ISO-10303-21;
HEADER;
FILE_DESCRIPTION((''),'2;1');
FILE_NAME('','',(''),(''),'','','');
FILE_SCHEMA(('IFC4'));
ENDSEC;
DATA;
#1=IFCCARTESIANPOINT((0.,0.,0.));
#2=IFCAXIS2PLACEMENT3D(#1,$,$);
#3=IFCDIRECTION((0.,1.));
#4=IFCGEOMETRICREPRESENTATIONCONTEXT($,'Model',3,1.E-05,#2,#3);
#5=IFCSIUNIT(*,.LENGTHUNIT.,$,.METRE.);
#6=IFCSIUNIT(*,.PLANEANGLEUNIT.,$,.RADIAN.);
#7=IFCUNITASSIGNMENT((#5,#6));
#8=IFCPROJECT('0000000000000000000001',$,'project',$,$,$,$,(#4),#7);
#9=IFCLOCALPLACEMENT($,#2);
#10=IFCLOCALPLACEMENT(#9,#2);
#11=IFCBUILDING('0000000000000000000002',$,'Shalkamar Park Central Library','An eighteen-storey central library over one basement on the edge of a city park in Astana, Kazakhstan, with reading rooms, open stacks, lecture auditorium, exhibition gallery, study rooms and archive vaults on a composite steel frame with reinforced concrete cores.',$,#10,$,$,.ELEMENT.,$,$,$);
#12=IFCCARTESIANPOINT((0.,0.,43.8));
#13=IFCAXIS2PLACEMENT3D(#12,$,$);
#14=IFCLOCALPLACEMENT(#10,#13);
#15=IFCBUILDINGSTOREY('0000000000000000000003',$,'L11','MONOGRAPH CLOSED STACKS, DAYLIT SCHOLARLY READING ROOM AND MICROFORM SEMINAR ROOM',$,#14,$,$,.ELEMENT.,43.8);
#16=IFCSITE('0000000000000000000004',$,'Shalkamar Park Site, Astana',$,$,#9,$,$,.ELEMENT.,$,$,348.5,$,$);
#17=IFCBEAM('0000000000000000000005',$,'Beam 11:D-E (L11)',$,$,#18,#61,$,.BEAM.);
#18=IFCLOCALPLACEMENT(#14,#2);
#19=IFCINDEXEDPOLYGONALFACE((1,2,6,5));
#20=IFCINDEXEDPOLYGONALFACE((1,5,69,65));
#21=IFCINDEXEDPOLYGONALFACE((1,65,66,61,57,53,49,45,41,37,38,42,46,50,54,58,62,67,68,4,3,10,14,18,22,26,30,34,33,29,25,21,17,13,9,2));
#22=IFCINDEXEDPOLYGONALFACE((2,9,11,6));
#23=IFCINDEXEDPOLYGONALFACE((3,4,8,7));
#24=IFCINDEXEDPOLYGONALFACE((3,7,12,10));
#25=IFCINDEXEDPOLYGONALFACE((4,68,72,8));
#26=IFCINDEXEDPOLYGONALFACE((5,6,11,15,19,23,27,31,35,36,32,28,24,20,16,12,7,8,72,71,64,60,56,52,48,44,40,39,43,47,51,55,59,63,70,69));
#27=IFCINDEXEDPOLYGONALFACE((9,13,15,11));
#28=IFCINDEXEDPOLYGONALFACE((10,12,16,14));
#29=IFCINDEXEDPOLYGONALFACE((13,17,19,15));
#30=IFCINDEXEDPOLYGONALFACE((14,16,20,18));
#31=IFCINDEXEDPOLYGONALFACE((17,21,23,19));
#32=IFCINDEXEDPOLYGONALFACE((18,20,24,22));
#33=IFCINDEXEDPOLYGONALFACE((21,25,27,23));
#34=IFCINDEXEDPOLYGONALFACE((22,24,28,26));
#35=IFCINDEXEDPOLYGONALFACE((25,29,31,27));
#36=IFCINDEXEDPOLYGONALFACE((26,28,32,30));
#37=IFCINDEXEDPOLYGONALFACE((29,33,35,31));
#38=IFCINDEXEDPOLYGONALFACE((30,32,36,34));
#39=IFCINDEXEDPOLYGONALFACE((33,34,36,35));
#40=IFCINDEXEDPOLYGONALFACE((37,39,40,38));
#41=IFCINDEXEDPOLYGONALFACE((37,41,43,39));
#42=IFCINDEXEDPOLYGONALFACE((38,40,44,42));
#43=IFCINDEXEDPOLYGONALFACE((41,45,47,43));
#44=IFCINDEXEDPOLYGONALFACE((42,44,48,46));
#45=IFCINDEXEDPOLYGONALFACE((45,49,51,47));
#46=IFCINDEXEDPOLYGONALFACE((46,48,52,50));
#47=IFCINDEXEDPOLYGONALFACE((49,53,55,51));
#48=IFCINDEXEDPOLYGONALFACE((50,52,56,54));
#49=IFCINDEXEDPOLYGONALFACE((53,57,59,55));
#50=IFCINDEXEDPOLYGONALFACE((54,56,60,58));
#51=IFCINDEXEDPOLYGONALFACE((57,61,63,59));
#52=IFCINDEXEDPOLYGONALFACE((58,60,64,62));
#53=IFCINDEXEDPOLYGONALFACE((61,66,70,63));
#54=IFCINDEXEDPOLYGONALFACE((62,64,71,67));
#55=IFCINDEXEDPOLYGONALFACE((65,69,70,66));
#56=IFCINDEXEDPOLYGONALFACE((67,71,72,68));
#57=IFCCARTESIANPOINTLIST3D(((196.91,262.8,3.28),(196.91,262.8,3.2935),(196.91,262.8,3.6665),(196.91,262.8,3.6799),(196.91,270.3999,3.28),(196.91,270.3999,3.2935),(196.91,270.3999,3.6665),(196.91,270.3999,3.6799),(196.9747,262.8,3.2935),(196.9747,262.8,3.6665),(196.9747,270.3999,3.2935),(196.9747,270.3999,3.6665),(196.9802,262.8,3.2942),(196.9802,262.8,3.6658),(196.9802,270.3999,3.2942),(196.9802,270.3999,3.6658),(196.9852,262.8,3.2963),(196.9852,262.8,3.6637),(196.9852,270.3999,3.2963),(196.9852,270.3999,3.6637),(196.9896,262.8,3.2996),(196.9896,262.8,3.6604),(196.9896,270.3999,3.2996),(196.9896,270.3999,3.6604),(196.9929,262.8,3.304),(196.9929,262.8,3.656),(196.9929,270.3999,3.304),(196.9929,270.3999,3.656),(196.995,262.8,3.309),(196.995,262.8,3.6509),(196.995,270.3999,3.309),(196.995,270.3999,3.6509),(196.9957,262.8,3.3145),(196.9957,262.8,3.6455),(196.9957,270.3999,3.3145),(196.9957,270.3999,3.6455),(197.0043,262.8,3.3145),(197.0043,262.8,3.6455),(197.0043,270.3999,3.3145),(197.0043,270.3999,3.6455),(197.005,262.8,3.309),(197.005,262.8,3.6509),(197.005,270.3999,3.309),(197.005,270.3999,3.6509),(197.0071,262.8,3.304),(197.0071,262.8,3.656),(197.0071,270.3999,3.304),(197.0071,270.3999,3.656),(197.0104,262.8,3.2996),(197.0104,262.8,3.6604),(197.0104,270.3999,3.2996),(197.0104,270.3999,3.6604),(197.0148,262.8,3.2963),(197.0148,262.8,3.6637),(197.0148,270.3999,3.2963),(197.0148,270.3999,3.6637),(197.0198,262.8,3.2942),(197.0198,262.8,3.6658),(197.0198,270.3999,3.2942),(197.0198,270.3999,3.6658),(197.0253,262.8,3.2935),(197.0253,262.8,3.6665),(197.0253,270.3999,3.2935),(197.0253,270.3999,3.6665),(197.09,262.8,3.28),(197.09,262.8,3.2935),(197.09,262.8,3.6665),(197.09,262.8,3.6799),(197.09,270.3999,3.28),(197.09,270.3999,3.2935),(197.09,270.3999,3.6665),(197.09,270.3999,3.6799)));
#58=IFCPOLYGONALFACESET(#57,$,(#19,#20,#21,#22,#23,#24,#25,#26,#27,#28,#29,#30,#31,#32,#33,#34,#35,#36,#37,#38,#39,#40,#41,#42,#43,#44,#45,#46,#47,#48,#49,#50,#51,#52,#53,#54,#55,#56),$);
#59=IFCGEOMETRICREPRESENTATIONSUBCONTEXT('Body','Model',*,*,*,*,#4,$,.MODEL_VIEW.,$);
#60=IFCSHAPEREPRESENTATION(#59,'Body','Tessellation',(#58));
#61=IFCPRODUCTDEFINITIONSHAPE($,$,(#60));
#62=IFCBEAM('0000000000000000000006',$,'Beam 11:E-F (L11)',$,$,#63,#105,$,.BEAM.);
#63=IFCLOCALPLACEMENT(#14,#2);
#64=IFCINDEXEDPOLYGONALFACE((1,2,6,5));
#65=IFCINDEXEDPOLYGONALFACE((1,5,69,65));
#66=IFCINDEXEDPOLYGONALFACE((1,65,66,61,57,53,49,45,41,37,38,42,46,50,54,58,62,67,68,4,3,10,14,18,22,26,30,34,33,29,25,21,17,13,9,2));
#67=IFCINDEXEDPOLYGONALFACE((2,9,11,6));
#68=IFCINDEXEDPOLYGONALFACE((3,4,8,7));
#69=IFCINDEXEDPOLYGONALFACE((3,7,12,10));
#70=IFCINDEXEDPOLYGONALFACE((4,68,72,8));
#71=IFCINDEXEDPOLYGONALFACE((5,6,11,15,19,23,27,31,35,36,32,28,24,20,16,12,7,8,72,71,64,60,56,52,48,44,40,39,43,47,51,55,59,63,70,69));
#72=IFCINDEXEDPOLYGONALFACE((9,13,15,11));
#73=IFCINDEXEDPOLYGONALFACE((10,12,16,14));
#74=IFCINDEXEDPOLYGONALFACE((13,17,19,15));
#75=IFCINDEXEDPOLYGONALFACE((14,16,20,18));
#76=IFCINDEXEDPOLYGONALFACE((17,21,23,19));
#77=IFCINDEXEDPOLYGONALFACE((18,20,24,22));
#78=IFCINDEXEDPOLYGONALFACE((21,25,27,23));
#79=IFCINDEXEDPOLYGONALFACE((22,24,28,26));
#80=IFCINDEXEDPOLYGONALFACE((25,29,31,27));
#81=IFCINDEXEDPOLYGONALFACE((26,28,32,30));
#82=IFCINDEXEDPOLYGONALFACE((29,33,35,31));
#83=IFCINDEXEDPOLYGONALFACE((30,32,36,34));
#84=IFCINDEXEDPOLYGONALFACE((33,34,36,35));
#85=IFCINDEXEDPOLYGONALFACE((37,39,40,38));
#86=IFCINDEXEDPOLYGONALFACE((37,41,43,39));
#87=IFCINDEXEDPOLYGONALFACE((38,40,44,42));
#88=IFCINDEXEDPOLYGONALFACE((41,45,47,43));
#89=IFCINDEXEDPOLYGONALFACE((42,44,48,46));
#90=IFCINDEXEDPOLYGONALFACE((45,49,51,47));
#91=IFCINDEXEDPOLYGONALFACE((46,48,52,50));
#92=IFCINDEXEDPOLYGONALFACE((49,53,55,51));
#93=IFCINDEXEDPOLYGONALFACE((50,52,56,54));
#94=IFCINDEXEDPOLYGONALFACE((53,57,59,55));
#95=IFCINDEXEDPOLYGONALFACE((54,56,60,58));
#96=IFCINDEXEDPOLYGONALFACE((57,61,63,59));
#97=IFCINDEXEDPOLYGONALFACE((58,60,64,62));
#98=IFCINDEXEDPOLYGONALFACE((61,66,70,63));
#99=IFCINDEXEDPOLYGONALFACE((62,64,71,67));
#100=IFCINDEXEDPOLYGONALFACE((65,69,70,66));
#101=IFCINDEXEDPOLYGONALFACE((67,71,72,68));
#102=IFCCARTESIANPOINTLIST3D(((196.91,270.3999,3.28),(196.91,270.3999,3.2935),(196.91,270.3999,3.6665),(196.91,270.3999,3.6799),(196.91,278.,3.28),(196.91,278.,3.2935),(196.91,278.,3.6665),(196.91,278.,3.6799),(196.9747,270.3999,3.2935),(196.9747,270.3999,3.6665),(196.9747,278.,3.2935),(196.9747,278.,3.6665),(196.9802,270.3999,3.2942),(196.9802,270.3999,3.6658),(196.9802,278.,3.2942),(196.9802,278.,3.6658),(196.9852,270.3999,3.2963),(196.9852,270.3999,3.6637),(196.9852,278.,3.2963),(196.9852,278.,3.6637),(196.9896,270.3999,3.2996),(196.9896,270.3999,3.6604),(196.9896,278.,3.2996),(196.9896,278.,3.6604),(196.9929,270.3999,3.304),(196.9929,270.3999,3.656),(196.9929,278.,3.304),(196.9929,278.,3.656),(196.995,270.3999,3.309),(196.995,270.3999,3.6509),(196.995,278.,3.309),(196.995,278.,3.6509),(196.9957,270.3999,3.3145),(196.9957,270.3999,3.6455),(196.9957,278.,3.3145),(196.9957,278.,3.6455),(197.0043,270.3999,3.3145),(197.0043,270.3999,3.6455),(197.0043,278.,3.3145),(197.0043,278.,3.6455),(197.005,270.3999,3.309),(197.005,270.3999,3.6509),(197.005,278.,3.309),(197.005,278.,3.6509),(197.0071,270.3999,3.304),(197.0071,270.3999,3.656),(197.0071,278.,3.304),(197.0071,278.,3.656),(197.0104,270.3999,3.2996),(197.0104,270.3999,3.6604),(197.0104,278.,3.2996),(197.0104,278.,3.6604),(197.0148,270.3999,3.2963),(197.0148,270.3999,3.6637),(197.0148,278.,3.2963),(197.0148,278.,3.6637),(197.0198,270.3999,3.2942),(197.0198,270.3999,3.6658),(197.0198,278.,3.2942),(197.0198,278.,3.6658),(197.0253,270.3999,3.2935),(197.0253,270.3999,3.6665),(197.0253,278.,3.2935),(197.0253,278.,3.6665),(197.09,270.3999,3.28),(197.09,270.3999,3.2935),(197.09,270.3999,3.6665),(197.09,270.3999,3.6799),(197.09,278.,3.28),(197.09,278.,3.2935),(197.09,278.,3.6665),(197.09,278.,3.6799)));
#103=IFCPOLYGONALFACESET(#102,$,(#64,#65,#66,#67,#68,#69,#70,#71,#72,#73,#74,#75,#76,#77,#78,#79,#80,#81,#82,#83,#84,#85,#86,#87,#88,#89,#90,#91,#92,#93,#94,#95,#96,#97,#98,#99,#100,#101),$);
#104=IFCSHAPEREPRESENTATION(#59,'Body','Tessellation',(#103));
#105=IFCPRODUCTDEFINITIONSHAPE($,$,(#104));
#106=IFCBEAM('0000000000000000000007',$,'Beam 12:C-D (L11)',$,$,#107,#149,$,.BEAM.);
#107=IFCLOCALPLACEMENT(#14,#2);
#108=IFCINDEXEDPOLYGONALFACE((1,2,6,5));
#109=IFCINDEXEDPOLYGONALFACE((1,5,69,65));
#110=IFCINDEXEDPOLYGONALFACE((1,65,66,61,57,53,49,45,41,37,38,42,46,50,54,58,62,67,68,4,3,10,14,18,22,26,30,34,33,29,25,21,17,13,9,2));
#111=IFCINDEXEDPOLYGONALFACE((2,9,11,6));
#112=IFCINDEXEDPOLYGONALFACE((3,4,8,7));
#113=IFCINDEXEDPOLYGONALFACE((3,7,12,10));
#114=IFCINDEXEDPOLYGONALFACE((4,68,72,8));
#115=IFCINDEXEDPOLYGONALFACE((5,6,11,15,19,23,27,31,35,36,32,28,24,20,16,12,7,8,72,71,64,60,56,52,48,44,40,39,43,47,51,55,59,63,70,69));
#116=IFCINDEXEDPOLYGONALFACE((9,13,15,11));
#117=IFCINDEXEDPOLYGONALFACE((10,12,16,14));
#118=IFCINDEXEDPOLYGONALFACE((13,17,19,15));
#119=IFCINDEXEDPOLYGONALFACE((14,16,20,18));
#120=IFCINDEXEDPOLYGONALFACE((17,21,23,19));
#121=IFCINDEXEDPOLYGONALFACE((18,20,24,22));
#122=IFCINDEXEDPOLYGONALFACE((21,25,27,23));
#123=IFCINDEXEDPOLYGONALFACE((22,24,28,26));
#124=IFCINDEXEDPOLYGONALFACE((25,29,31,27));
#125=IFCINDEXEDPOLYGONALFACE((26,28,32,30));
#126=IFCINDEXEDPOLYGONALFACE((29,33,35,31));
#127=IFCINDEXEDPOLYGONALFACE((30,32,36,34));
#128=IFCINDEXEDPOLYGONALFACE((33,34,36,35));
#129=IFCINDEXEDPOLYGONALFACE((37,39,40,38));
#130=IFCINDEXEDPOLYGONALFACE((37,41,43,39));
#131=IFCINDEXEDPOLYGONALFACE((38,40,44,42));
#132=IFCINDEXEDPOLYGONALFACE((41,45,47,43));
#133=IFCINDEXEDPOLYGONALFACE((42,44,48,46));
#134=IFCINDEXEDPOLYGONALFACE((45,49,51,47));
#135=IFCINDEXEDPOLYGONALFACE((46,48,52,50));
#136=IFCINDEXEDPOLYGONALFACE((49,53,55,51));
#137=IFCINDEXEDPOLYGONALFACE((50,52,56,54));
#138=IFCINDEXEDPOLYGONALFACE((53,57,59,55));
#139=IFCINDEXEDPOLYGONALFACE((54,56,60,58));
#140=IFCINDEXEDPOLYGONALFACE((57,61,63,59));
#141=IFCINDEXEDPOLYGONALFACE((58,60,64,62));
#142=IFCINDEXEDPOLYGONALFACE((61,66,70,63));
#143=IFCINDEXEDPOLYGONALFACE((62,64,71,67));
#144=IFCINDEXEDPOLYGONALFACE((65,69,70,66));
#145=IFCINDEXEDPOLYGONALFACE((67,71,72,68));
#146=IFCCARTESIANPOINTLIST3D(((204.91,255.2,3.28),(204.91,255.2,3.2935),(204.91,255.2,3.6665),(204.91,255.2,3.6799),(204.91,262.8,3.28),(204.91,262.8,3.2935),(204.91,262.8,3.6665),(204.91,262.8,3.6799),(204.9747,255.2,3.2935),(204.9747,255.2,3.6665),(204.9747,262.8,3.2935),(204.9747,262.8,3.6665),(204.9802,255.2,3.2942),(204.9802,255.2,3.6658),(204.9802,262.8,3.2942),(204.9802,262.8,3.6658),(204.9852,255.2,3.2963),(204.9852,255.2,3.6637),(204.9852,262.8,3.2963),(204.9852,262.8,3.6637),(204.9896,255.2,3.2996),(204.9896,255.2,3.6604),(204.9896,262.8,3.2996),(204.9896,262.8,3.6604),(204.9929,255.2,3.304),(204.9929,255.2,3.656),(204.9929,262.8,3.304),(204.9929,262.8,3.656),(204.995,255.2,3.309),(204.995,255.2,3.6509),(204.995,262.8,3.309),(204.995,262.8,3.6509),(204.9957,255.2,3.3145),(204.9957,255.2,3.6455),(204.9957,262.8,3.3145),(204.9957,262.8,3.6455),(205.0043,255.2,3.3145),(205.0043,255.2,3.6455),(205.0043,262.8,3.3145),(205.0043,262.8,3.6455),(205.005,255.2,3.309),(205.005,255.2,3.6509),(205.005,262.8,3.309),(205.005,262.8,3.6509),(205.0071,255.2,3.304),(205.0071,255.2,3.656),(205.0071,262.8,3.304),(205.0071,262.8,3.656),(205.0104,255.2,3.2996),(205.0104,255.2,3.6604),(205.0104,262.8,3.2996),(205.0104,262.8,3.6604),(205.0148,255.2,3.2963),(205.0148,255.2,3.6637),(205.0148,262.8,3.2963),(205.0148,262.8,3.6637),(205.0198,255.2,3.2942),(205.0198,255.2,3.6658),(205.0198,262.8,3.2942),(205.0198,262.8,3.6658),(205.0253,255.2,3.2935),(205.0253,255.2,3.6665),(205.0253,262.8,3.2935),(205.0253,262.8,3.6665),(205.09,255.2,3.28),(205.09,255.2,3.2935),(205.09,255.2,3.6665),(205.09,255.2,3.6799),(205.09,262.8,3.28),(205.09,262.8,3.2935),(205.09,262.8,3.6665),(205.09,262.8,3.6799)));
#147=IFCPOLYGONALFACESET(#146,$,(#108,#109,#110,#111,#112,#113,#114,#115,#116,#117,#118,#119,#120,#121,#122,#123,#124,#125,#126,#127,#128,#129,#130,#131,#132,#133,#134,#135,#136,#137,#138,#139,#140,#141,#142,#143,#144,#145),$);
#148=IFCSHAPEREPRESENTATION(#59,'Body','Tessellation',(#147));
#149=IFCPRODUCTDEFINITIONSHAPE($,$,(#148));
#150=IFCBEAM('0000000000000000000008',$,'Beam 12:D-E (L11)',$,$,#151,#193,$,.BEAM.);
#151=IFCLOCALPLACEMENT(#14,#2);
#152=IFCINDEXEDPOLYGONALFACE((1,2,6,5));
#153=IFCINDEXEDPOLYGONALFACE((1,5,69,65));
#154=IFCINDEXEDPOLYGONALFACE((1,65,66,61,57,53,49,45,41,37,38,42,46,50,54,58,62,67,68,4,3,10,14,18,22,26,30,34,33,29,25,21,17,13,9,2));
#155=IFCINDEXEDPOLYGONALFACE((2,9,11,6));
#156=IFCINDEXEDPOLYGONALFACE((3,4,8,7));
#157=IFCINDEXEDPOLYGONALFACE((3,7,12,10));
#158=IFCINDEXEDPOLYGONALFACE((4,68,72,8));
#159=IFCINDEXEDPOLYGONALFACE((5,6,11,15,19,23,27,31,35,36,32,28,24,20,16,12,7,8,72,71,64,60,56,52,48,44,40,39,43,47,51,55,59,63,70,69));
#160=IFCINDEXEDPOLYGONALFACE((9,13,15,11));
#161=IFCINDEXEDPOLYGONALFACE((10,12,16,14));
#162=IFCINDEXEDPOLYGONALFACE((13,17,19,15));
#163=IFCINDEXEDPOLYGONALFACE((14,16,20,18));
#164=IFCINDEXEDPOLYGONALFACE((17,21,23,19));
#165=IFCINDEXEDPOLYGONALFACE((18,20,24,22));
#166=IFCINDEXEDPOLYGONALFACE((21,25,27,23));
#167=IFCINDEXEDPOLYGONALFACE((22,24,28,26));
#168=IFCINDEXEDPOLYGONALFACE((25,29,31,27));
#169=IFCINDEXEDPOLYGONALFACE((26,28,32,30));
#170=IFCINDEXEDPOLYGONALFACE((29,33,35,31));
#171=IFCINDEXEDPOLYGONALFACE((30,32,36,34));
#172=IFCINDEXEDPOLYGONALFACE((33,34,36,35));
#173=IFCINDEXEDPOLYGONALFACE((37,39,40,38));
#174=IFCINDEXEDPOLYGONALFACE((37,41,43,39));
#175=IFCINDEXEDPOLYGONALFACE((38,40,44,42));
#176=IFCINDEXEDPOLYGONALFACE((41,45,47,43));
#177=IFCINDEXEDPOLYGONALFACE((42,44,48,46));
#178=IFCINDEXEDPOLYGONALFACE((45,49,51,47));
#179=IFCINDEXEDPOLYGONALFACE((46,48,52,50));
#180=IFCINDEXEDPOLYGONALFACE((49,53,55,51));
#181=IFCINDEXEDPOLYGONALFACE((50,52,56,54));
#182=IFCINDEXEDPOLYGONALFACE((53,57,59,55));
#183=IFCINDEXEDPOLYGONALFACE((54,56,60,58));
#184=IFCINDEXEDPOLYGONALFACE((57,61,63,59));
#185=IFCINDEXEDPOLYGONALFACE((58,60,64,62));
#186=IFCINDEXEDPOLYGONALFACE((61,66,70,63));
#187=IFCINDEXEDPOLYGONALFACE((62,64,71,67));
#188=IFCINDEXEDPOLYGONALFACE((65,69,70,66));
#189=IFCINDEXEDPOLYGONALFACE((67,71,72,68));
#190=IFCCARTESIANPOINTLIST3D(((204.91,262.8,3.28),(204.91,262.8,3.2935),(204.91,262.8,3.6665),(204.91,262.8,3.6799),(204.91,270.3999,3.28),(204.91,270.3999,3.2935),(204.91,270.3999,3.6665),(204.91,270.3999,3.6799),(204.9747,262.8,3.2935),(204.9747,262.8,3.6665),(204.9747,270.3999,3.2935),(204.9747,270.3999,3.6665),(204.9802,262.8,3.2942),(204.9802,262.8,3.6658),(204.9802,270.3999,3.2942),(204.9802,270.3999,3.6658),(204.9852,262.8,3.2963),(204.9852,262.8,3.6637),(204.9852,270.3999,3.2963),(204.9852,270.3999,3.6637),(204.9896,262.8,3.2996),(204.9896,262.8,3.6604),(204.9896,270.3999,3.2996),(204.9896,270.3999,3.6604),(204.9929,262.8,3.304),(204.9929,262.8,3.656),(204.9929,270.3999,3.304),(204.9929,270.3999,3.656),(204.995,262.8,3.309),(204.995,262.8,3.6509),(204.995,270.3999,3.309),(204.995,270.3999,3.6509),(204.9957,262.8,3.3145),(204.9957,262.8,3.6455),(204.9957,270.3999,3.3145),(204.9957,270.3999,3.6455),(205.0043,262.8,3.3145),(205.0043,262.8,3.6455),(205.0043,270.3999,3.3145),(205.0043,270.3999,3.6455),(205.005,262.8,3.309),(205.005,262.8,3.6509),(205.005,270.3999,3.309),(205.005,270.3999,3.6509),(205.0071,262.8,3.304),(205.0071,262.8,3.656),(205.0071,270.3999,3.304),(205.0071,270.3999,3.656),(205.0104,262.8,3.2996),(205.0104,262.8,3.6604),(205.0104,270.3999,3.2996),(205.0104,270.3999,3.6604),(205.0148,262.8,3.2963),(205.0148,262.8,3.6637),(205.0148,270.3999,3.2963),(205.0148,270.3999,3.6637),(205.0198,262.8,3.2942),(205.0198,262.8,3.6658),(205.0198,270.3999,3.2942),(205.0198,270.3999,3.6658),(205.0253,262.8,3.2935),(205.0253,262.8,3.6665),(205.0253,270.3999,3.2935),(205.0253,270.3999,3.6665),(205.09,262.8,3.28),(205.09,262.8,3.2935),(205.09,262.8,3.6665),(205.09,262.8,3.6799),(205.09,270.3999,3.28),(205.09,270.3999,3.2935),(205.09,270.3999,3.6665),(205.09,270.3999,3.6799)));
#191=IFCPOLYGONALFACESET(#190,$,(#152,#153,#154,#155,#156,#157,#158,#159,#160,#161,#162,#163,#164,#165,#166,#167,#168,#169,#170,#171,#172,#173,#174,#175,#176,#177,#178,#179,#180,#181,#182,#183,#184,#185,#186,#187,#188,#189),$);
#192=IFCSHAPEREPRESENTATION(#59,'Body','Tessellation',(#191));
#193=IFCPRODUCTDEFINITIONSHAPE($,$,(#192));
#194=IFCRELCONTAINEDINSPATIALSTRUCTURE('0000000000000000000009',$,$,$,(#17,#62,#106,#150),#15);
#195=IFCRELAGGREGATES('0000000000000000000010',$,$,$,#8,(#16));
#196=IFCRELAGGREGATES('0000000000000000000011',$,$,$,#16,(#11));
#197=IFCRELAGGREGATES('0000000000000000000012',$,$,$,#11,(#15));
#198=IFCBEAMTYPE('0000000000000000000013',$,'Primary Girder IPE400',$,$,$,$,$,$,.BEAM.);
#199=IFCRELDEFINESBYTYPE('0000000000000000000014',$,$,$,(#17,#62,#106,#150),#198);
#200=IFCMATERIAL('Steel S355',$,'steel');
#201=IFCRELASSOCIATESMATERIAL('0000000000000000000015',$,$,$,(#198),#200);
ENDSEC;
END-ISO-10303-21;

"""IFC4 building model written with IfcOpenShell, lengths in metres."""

from ifc_helpers import new_model, si_unit, direction, frame, origin, origin_2d, place, context, subcontext, project, spatial, i_section, extrude, material, material_profile, profile_set, type_object, element, save


model = new_model("IFC4")

# Units and contexts
model_context = context("Model", 3, precision=1e-05, world=origin(), true_north=direction((0.0, 1.0)))
body_context = subcontext(model_context, "Body", "Model", "MODEL_VIEW")
ifc_project = project(units=[si_unit("LENGTHUNIT", "METRE"), si_unit("PLANEANGLEUNIT", "RADIAN")], contexts=[model_context])

# Site, building, storey
site_placement = place(None, origin())
site = spatial("IfcSite", under=ifc_project, at=site_placement, Name="Shalkamar Park Site, Astana", CompositionType="ELEMENT", RefElevation=348.5)
building_placement = place(site_placement, origin())
building = spatial("IfcBuilding", under=site, at=building_placement, Name="Shalkamar Park Central Library", Description="An eighteen-storey central library over one basement on the edge of a city park in Astana, Kazakhstan, with reading rooms, open stacks, lecture auditorium, exhibition gallery, study rooms and archive vaults on a composite steel frame with reinforced concrete cores.", CompositionType="ELEMENT")
storey_placement = place(building_placement, frame((0.0, 0.0, 43.8)))
storey = spatial("IfcBuildingStorey", under=building, at=storey_placement, Name="L11", Description="MONOGRAPH CLOSED STACKS, DAYLIT SCHOLARLY READING ROOM AND MICROFORM SEMINAR ROOM", CompositionType="ELEMENT", Elevation=43.8)

# Shared definitions
ifc_material_1 = material(Name="Steel S355", Category="steel")

# Beams
ifc_material_profile_1 = material_profile(ifc_material_1, i_section(OverallWidth=0.1799, OverallDepth=0.3999, WebThickness=0.0085, FlangeThickness=0.0134, FilletRadius=0.021, at=origin_2d()), Name="IPE 400")
ifc_profile_set_1 = profile_set([ifc_material_profile_1], Name="Steel S355")
beam_type_1 = type_object("IfcBeamType", Name="Primary Girder IPE400", PredefinedType="BEAM", material=ifc_profile_set_1)
beam_1_placement = place(storey_placement, frame((197.0, 262.8, 3.48), z_axis=(0.0, 1.0, 0.0), x_axis=(-1.0, 0.0, 0.0)))
element("IfcBeam", 1, at=beam_1_placement, inside=storey, type_object=beam_type_1, Name="Beam 11:D-E (L11)", PredefinedType="BEAM", context=body_context, shape_type="SweptSolid", body=[
    extrude(i_section(OverallWidth=0.1799, OverallDepth=0.3999, WebThickness=0.0085, FlangeThickness=0.0134, FilletRadius=0.021, at=origin_2d()), origin(), (0.0, 0.0, 1.0), 7.5999),
])
for number, where, z_axis, x_axis, name in (
    (2, (197.0, 270.3999, 3.48), (0.0, 1.0, 0.0), (-1.0, 0.0, 0.0), "Beam 11:E-F (L11)"),
    (3, (205.0, 255.2, 3.48), (0.0, 1.0, 0.0), (-1.0, 0.0, 0.0), "Beam 12:C-D (L11)"),
):
    element("IfcBeam", number, at=place(storey_placement, frame(where, z_axis=z_axis, x_axis=x_axis)), inside=storey, type_object=beam_type_1, Name=name, PredefinedType="BEAM", context=body_context, shape_type="SweptSolid", body=[
        extrude(i_section(OverallWidth=0.1799, OverallDepth=0.3999, WebThickness=0.0085, FlangeThickness=0.0134, FilletRadius=0.021, at=origin_2d()), origin(), (0.0, 0.0, 1.0), 7.6001),
    ])
beam_2_placement = place(storey_placement, frame((205.0, 262.8, 3.48), z_axis=(0.0, 1.0, 0.0), x_axis=(-1.0, 0.0, 0.0)))
element("IfcBeam", 4, at=beam_2_placement, inside=storey, type_object=beam_type_1, Name="Beam 12:D-E (L11)", PredefinedType="BEAM", context=body_context, shape_type="SweptSolid", body=[
    extrude(i_section(OverallWidth=0.1799, OverallDepth=0.3999, WebThickness=0.0085, FlangeThickness=0.0134, FilletRadius=0.021, at=origin_2d()), origin(), (0.0, 0.0, 1.0), 7.5999),
])

save(model, "model.ifc")
